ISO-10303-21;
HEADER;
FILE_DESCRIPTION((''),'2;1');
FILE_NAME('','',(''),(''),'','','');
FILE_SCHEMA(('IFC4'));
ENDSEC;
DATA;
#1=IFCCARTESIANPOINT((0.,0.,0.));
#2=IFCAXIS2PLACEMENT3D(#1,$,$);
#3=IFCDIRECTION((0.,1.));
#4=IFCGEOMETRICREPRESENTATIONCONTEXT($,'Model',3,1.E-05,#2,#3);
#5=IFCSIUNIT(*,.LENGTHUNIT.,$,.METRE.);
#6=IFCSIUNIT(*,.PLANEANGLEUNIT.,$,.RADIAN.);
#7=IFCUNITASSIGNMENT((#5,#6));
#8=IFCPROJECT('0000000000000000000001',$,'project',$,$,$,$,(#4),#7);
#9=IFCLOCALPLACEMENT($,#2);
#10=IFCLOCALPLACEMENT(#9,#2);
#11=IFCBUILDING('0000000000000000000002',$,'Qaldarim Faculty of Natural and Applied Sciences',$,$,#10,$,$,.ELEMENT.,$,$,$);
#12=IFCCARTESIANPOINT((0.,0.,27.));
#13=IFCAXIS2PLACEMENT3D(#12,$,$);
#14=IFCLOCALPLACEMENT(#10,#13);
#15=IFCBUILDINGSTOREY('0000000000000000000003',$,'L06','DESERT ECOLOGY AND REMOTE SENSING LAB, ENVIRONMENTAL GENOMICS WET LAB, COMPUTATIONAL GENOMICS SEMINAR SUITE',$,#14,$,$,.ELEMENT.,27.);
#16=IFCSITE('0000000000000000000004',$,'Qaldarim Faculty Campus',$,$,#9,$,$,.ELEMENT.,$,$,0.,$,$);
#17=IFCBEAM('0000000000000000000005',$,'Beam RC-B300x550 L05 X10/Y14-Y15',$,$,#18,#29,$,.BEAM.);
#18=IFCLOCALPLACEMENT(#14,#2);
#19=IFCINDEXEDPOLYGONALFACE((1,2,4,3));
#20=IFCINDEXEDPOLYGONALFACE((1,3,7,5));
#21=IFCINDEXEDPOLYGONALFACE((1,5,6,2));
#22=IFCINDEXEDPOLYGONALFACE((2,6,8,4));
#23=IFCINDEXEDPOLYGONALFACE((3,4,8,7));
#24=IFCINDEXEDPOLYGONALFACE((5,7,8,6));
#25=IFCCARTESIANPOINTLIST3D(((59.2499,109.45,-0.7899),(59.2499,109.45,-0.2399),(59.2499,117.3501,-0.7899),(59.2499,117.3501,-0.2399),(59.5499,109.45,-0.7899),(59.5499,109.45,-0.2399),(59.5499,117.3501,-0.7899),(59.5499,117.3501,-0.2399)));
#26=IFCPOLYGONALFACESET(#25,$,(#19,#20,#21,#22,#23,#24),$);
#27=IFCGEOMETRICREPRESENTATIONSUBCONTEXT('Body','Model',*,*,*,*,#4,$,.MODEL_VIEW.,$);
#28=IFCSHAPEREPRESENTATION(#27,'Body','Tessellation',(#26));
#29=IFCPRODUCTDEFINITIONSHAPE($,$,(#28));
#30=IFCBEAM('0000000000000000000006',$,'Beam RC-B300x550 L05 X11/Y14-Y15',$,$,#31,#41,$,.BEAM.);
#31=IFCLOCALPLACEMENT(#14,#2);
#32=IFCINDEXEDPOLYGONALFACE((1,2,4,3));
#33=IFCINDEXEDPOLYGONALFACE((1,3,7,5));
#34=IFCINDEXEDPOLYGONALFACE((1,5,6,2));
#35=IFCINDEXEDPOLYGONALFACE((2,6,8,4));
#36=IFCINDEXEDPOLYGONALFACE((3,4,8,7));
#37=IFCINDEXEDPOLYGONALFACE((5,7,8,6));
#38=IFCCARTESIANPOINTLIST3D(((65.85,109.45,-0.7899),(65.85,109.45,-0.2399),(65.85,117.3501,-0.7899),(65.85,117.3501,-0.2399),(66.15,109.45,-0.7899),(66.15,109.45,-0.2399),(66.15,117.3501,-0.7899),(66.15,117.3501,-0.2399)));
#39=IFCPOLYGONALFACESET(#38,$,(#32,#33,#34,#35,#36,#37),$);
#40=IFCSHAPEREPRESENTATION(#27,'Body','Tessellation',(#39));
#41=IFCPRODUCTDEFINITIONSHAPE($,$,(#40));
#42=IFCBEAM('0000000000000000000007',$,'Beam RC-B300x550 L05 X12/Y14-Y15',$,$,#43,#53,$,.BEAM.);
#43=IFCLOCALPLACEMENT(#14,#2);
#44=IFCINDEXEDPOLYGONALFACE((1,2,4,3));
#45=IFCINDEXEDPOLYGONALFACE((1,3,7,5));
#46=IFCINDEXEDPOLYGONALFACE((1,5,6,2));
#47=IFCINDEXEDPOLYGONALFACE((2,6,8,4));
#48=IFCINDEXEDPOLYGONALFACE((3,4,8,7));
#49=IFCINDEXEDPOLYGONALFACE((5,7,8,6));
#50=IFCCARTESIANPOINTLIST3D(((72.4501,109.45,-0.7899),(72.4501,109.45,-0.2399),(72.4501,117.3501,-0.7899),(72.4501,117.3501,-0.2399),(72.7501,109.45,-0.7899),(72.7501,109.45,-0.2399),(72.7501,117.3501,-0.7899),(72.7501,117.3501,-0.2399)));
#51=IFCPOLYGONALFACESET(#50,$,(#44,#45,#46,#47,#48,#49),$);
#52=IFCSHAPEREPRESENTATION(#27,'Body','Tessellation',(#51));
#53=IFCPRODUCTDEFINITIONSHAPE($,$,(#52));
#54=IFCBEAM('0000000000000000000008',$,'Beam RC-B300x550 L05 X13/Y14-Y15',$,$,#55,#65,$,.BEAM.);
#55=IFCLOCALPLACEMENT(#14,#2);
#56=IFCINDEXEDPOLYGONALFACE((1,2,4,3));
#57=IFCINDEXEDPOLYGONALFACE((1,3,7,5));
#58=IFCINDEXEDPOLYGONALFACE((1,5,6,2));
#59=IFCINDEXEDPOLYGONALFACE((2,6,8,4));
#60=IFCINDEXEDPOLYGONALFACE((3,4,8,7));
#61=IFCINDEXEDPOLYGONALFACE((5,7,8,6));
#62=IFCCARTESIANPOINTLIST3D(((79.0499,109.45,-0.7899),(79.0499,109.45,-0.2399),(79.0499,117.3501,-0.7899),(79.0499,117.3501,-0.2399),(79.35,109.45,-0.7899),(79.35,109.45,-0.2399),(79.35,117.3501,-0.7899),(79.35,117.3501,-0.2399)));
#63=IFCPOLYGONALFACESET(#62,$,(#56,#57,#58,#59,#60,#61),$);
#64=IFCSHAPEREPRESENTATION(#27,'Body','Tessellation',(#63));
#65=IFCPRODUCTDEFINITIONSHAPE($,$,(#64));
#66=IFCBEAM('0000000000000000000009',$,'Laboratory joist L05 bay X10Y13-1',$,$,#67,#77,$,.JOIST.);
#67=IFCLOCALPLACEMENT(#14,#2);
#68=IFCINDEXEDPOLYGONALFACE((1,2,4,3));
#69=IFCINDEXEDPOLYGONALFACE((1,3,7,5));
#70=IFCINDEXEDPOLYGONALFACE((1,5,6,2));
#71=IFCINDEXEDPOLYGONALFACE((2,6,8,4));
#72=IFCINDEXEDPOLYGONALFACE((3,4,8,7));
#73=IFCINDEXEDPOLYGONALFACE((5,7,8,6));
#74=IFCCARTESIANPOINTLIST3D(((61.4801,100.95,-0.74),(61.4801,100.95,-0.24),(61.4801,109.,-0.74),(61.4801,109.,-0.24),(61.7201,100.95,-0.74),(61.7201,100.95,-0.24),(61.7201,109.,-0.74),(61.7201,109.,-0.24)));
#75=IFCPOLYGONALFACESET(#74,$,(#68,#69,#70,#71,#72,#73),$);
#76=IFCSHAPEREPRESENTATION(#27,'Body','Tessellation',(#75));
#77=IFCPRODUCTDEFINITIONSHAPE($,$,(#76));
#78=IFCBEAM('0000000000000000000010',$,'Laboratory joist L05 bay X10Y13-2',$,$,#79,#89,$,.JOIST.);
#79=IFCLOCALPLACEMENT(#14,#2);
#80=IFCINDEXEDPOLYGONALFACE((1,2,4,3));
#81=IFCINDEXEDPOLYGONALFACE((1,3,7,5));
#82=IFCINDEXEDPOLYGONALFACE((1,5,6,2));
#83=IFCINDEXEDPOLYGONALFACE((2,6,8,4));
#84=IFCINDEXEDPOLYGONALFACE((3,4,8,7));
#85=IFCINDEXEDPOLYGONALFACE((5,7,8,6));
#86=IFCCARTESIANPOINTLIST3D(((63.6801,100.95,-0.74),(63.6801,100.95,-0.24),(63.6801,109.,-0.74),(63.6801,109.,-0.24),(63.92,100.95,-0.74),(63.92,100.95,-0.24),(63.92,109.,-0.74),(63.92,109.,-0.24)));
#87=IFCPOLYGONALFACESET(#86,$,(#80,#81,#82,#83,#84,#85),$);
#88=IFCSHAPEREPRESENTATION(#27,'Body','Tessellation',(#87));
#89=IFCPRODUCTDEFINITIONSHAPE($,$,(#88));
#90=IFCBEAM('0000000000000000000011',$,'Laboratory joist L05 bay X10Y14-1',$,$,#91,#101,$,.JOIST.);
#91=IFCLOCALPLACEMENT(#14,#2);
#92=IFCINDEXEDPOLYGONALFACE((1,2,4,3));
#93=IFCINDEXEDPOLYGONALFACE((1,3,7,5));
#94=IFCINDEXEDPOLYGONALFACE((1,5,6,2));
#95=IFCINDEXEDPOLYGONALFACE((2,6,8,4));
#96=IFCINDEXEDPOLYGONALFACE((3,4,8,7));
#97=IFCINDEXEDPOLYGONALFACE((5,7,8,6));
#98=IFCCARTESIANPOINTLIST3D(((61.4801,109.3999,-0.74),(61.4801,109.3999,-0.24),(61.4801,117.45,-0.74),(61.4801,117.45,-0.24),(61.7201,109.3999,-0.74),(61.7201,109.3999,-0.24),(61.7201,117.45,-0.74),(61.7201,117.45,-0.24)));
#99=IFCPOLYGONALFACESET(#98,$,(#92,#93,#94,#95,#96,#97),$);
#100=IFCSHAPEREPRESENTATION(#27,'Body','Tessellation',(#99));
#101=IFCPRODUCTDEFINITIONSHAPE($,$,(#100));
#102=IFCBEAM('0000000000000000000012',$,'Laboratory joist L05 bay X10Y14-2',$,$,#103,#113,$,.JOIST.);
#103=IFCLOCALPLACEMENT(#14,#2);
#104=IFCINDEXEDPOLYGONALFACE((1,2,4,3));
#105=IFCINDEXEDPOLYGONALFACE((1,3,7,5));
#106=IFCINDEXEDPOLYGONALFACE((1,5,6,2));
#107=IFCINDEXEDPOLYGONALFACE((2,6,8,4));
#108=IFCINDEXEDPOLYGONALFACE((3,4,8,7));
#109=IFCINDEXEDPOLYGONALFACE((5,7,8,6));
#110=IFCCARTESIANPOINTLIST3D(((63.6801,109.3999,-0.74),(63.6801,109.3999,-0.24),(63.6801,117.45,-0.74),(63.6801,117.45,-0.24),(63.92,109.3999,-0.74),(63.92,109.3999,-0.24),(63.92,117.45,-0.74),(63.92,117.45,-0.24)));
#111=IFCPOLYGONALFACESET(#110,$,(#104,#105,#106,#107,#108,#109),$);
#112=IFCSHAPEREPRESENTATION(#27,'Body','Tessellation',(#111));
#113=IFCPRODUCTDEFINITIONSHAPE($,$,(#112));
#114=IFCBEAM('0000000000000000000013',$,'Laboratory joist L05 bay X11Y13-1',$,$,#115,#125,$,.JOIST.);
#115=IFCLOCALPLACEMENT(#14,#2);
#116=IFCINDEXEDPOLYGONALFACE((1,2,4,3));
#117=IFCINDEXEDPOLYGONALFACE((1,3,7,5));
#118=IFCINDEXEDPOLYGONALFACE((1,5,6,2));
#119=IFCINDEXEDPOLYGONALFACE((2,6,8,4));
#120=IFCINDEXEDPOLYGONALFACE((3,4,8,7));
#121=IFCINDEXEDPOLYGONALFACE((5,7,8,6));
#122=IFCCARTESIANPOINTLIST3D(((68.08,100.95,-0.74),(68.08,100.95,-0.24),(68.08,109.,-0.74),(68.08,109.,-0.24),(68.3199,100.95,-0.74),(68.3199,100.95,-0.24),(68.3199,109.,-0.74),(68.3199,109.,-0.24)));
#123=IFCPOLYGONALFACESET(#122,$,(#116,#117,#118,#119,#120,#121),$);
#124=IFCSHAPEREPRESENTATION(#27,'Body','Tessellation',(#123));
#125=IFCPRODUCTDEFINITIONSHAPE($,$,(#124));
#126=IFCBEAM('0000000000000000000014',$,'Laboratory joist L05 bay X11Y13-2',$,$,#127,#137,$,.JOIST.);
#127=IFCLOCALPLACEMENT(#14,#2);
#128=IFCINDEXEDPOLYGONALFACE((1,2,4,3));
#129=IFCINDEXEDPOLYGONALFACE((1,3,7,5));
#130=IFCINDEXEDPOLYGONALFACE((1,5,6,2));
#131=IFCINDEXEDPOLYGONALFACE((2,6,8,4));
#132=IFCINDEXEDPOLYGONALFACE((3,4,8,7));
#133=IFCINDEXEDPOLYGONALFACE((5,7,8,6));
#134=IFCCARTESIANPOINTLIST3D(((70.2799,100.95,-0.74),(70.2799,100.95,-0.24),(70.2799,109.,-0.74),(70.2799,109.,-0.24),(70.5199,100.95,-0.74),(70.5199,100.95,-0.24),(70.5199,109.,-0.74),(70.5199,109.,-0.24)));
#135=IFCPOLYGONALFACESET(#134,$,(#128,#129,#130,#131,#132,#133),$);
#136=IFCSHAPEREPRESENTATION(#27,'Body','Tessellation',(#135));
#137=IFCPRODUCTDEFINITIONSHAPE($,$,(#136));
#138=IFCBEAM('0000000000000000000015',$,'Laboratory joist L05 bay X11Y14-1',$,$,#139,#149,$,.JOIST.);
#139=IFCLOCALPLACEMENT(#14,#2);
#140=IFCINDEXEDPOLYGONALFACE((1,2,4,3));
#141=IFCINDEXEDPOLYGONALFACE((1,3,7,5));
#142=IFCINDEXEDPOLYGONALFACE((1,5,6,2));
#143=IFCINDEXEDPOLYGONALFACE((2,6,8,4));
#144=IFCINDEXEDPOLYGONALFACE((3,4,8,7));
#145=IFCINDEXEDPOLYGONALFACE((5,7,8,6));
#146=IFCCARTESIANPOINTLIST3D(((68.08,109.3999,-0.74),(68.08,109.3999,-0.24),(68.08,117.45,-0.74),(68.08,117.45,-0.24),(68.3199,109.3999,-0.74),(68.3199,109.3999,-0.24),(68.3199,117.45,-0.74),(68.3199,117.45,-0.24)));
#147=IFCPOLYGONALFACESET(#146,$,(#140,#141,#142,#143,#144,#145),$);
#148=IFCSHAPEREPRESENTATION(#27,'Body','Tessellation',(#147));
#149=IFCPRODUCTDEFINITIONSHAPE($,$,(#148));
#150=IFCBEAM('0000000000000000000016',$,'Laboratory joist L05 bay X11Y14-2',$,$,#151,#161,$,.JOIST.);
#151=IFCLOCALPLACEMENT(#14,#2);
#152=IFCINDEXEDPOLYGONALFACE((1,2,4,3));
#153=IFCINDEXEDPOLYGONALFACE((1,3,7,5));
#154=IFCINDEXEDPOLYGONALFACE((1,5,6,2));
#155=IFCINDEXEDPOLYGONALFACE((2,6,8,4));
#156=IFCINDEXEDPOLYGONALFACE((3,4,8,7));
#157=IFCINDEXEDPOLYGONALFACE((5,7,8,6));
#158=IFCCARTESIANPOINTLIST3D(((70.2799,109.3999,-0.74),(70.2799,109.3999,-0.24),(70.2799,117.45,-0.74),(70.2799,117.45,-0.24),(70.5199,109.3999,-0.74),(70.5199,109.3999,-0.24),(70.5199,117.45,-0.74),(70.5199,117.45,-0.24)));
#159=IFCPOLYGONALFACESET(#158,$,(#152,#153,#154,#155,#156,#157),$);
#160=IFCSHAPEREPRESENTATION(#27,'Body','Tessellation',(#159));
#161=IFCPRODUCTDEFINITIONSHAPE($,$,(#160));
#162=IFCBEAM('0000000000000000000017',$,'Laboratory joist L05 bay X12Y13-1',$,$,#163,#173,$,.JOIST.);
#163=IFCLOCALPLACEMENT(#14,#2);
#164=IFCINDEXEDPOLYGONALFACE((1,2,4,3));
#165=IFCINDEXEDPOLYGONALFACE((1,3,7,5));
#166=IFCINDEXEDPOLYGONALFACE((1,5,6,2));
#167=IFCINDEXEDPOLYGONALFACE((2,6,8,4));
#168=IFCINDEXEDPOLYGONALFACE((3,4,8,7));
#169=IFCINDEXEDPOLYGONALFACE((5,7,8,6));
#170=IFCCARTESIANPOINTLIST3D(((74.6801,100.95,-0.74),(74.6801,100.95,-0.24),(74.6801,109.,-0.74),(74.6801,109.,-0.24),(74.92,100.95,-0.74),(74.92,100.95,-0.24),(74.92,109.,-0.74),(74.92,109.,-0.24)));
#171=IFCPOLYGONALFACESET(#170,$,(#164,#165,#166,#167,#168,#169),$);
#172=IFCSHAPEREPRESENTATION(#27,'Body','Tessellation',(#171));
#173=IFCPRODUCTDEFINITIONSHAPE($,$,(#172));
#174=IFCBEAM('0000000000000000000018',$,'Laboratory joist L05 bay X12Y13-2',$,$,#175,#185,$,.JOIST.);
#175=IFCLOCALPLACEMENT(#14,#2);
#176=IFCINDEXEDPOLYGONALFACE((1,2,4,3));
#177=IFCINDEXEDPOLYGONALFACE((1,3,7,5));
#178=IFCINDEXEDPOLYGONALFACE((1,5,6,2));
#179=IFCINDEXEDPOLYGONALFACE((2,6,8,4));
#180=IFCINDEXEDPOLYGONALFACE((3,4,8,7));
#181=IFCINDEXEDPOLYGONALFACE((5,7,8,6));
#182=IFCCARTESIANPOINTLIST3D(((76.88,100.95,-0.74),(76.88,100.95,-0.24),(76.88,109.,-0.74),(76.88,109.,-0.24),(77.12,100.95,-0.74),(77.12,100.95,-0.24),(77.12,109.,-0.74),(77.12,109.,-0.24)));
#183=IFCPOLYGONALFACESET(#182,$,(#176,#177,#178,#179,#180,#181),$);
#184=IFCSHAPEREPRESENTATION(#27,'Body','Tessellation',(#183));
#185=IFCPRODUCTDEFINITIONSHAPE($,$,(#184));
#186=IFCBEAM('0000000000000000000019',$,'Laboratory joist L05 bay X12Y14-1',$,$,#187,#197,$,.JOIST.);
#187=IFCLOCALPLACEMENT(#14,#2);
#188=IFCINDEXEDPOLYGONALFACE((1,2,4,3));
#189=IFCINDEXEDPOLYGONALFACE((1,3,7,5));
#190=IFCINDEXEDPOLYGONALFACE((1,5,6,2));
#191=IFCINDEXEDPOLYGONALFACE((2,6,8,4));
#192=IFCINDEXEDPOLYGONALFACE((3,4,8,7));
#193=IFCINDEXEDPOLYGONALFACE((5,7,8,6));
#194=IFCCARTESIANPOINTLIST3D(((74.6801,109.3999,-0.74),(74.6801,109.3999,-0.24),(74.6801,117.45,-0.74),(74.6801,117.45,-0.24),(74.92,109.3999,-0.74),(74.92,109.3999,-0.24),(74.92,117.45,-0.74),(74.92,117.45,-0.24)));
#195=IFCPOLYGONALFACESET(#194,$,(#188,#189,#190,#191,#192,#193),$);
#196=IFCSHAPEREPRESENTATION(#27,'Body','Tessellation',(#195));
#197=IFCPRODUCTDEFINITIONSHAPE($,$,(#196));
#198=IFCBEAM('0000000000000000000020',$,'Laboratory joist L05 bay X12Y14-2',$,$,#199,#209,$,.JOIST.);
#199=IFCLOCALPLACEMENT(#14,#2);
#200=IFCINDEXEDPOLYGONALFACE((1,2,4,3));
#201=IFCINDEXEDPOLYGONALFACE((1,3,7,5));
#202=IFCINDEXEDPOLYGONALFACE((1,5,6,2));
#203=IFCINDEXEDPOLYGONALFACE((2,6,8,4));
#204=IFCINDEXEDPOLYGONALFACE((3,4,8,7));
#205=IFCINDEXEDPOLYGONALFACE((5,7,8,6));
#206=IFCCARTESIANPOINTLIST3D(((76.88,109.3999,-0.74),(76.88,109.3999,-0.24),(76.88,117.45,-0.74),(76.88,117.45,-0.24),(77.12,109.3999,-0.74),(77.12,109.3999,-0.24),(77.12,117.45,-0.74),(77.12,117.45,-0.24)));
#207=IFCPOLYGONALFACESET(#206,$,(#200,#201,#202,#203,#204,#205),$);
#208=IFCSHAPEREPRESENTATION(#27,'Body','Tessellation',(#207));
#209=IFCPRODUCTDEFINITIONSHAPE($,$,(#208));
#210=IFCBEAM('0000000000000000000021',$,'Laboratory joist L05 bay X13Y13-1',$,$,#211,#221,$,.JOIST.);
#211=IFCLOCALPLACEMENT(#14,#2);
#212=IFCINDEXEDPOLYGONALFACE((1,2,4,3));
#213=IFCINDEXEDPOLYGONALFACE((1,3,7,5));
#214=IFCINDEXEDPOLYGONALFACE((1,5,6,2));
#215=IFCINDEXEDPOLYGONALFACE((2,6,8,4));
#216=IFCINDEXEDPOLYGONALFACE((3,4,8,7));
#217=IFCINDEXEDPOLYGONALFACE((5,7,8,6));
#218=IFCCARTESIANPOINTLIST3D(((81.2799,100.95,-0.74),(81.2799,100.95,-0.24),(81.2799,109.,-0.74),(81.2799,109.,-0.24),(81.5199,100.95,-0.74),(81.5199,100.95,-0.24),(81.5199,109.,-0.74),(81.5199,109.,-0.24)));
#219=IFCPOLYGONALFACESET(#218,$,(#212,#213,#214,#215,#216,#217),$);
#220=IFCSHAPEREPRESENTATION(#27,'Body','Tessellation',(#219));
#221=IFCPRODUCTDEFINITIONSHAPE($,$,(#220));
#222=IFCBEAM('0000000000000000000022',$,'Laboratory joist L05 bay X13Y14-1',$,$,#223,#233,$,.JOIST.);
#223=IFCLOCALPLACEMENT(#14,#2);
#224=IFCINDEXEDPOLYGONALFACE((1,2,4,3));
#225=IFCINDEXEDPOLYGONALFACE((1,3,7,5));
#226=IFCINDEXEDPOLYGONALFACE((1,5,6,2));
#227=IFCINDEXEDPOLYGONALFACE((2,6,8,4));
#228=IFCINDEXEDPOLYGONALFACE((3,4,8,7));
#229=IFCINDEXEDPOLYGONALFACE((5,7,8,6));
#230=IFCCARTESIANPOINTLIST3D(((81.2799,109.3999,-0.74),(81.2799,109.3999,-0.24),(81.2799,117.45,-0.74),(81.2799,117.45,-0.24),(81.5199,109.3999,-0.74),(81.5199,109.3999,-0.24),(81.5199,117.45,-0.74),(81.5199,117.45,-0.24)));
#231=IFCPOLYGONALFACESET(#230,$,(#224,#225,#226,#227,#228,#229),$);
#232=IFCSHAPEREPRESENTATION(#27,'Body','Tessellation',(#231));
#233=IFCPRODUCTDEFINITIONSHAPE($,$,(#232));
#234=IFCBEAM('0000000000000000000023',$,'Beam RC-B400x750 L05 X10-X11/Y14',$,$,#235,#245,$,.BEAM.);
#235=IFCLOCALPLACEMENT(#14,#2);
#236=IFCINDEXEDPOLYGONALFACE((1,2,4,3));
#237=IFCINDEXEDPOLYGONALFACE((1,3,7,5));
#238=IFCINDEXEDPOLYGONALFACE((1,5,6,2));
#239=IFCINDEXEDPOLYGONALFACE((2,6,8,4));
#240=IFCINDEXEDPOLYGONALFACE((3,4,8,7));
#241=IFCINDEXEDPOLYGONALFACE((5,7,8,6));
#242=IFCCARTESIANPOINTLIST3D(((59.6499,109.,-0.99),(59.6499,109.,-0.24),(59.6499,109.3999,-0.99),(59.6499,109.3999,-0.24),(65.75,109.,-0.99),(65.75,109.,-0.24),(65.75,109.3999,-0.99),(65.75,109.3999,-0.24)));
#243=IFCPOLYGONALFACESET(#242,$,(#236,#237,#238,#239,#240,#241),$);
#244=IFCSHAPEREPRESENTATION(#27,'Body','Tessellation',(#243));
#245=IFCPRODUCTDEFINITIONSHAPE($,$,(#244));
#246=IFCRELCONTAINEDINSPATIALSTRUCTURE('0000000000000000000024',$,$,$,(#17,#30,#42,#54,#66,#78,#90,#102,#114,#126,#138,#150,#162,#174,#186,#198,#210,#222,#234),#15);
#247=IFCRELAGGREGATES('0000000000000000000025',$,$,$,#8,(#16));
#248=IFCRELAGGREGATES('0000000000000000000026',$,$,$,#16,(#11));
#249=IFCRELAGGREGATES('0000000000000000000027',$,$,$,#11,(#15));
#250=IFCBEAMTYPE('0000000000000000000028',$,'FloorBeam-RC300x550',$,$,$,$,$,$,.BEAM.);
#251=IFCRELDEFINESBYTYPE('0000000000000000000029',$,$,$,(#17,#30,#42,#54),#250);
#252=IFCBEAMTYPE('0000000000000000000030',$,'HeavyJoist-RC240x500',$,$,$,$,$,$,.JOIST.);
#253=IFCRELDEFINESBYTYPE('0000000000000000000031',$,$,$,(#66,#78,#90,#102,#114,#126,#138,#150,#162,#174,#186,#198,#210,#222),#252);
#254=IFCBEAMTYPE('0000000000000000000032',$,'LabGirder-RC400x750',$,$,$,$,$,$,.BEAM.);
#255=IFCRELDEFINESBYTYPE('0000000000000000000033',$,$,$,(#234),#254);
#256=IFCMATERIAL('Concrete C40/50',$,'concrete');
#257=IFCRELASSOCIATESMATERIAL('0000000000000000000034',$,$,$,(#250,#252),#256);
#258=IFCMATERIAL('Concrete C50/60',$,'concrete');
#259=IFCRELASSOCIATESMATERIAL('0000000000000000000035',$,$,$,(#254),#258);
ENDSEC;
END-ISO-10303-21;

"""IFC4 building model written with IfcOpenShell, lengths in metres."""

from ifc_helpers import new_model, si_unit, direction, frame, origin, origin_2d, place, context, subcontext, project, spatial, rectangle, extrude, material, material_profile, profile_set, type_object, element, save


model = new_model("IFC4")

# Units and contexts
model_context = context("Model", 3, precision=1e-05, world=origin(), true_north=direction((0.0, 1.0)))
body_context = subcontext(model_context, "Body", "Model", "MODEL_VIEW")
ifc_project = project(units=[si_unit("LENGTHUNIT", "METRE"), si_unit("PLANEANGLEUNIT", "RADIAN")], contexts=[model_context])

# Site, building, storey
site_placement = place(None, origin())
site = spatial("IfcSite", under=ifc_project, at=site_placement, Name="Qaldarim Faculty Campus", CompositionType="ELEMENT", RefElevation=0.0)
building_placement = place(site_placement, origin())
building = spatial("IfcBuilding", under=site, at=building_placement, Name="Qaldarim Faculty of Natural and Applied Sciences", CompositionType="ELEMENT")
storey_placement = place(building_placement, frame((0.0, 0.0, 27.0)))
storey = spatial("IfcBuildingStorey", under=building, at=storey_placement, Name="L06", Description="DESERT ECOLOGY AND REMOTE SENSING LAB, ENVIRONMENTAL GENOMICS WET LAB, COMPUTATIONAL GENOMICS SEMINAR SUITE", CompositionType="ELEMENT", Elevation=27.0)

# Beams
ifc_material_1 = material(Name="Concrete C40/50", Category="concrete")
ifc_material_profile_1 = material_profile(ifc_material_1, rectangle(XDim=0.3, YDim=0.55, at=origin_2d()), Name="RC-B300x550")
ifc_profile_set_1 = profile_set([ifc_material_profile_1], Name="Concrete C40/50")
beam_type_1 = type_object("IfcBeamType", Name="FloorBeam-RC300x550", PredefinedType="BEAM", material=ifc_profile_set_1)
for number, where, z_axis, x_axis, name in (
    (1, (59.3999, 109.45, -0.5149), (0.0, 1.0, 0.0), (-1.0, 0.0, 0.0), "Beam RC-B300x550 L05 X10/Y14-Y15"),
    (2, (66.0, 109.45, -0.5149), (0.0, 1.0, 0.0), (-1.0, 0.0, 0.0), "Beam RC-B300x550 L05 X11/Y14-Y15"),
    (3, (72.6001, 109.45, -0.5149), (0.0, 1.0, 0.0), (-1.0, 0.0, 0.0), "Beam RC-B300x550 L05 X12/Y14-Y15"),
    (4, (79.2, 109.45, -0.5149), (0.0, 1.0, 0.0), (-1.0, 0.0, 0.0), "Beam RC-B300x550 L05 X13/Y14-Y15"),
):
    element("IfcBeam", number, at=place(storey_placement, frame(where, z_axis=z_axis, x_axis=x_axis)), inside=storey, type_object=beam_type_1, Name=name, PredefinedType="BEAM", context=body_context, shape_type="SweptSolid", body=[
        extrude(rectangle(XDim=0.3, YDim=0.55, at=origin_2d()), origin(), (0.0, 0.0, 1.0), 7.9001),
    ])
ifc_material_profile_2 = material_profile(ifc_material_1, rectangle(XDim=0.24, YDim=0.5, at=origin_2d()), Name="RC-J240x500")
ifc_profile_set_2 = profile_set([ifc_material_profile_2], Name="Concrete C40/50")
beam_type_2 = type_object("IfcBeamType", Name="HeavyJoist-RC240x500", PredefinedType="JOIST", material=ifc_profile_set_2)
for number, where, z_axis, x_axis, name in (
    (5, (61.6001, 100.95, -0.49), (0.0, 1.0, 0.0), (-1.0, 0.0, 0.0), "Laboratory joist L05 bay X10Y13-1"),
    (6, (63.8, 100.95, -0.49), (0.0, 1.0, 0.0), (-1.0, 0.0, 0.0), "Laboratory joist L05 bay X10Y13-2"),
    (7, (61.6001, 109.3999, -0.49), (0.0, 1.0, 0.0), (-1.0, 0.0, 0.0), "Laboratory joist L05 bay X10Y14-1"),
    (8, (63.8, 109.3999, -0.49), (0.0, 1.0, 0.0), (-1.0, 0.0, 0.0), "Laboratory joist L05 bay X10Y14-2"),
    (9, (68.2, 100.95, -0.49), (0.0, 1.0, 0.0), (-1.0, 0.0, 0.0), "Laboratory joist L05 bay X11Y13-1"),
    (10, (70.3999, 100.95, -0.49), (0.0, 1.0, 0.0), (-1.0, 0.0, 0.0), "Laboratory joist L05 bay X11Y13-2"),
    (11, (68.2, 109.3999, -0.49), (0.0, 1.0, 0.0), (-1.0, 0.0, 0.0), "Laboratory joist L05 bay X11Y14-1"),
    (12, (70.3999, 109.3999, -0.49), (0.0, 1.0, 0.0), (-1.0, 0.0, 0.0), "Laboratory joist L05 bay X11Y14-2"),
    (13, (74.8, 100.95, -0.49), (0.0, 1.0, 0.0), (-1.0, 0.0, 0.0), "Laboratory joist L05 bay X12Y13-1"),
    (14, (77.0, 100.95, -0.49), (0.0, 1.0, 0.0), (-1.0, 0.0, 0.0), "Laboratory joist L05 bay X12Y13-2"),
    (15, (74.8, 109.3999, -0.49), (0.0, 1.0, 0.0), (-1.0, 0.0, 0.0), "Laboratory joist L05 bay X12Y14-1"),
    (16, (77.0, 109.3999, -0.49), (0.0, 1.0, 0.0), (-1.0, 0.0, 0.0), "Laboratory joist L05 bay X12Y14-2"),
    (17, (81.3999, 100.95, -0.49), (0.0, 1.0, 0.0), (-1.0, 0.0, 0.0), "Laboratory joist L05 bay X13Y13-1"),
    (18, (81.3999, 109.3999, -0.49), (0.0, 1.0, 0.0), (-1.0, 0.0, 0.0), "Laboratory joist L05 bay X13Y14-1"),
):
    element("IfcBeam", number, at=place(storey_placement, frame(where, z_axis=z_axis, x_axis=x_axis)), inside=storey, type_object=beam_type_2, Name=name, PredefinedType="JOIST", context=body_context, shape_type="SweptSolid", body=[
        extrude(rectangle(XDim=0.24, YDim=0.5, at=origin_2d()), origin(), (0.0, 0.0, 1.0), 8.05),
    ])
ifc_material_2 = material(Name="Concrete C50/60", Category="concrete")
ifc_material_profile_3 = material_profile(ifc_material_2, rectangle(XDim=0.3999, YDim=0.75, at=origin_2d()), Name="RC-B400x750")
ifc_profile_set_3 = profile_set([ifc_material_profile_3], Name="Concrete C50/60")
beam_type_3 = type_object("IfcBeamType", Name="LabGirder-RC400x750", PredefinedType="BEAM", material=ifc_profile_set_3)
for number, where, z_axis, x_axis, name in (
    (19, (59.6499, 109.2, -0.615), (1.0, 0.0, 0.0), (0.0, 1.0, 0.0), "Beam RC-B400x750 L05 X10-X11/Y14"),
):
    element("IfcBeam", number, at=place(storey_placement, frame(where, z_axis=z_axis, x_axis=x_axis)), inside=storey, type_object=beam_type_3, Name=name, PredefinedType="BEAM", context=body_context, shape_type="SweptSolid", body=[
        extrude(rectangle(XDim=0.3999, YDim=0.75, at=origin_2d()), origin(), (0.0, 0.0, 1.0), 6.1001),
    ])

save(model, "model.ifc")
